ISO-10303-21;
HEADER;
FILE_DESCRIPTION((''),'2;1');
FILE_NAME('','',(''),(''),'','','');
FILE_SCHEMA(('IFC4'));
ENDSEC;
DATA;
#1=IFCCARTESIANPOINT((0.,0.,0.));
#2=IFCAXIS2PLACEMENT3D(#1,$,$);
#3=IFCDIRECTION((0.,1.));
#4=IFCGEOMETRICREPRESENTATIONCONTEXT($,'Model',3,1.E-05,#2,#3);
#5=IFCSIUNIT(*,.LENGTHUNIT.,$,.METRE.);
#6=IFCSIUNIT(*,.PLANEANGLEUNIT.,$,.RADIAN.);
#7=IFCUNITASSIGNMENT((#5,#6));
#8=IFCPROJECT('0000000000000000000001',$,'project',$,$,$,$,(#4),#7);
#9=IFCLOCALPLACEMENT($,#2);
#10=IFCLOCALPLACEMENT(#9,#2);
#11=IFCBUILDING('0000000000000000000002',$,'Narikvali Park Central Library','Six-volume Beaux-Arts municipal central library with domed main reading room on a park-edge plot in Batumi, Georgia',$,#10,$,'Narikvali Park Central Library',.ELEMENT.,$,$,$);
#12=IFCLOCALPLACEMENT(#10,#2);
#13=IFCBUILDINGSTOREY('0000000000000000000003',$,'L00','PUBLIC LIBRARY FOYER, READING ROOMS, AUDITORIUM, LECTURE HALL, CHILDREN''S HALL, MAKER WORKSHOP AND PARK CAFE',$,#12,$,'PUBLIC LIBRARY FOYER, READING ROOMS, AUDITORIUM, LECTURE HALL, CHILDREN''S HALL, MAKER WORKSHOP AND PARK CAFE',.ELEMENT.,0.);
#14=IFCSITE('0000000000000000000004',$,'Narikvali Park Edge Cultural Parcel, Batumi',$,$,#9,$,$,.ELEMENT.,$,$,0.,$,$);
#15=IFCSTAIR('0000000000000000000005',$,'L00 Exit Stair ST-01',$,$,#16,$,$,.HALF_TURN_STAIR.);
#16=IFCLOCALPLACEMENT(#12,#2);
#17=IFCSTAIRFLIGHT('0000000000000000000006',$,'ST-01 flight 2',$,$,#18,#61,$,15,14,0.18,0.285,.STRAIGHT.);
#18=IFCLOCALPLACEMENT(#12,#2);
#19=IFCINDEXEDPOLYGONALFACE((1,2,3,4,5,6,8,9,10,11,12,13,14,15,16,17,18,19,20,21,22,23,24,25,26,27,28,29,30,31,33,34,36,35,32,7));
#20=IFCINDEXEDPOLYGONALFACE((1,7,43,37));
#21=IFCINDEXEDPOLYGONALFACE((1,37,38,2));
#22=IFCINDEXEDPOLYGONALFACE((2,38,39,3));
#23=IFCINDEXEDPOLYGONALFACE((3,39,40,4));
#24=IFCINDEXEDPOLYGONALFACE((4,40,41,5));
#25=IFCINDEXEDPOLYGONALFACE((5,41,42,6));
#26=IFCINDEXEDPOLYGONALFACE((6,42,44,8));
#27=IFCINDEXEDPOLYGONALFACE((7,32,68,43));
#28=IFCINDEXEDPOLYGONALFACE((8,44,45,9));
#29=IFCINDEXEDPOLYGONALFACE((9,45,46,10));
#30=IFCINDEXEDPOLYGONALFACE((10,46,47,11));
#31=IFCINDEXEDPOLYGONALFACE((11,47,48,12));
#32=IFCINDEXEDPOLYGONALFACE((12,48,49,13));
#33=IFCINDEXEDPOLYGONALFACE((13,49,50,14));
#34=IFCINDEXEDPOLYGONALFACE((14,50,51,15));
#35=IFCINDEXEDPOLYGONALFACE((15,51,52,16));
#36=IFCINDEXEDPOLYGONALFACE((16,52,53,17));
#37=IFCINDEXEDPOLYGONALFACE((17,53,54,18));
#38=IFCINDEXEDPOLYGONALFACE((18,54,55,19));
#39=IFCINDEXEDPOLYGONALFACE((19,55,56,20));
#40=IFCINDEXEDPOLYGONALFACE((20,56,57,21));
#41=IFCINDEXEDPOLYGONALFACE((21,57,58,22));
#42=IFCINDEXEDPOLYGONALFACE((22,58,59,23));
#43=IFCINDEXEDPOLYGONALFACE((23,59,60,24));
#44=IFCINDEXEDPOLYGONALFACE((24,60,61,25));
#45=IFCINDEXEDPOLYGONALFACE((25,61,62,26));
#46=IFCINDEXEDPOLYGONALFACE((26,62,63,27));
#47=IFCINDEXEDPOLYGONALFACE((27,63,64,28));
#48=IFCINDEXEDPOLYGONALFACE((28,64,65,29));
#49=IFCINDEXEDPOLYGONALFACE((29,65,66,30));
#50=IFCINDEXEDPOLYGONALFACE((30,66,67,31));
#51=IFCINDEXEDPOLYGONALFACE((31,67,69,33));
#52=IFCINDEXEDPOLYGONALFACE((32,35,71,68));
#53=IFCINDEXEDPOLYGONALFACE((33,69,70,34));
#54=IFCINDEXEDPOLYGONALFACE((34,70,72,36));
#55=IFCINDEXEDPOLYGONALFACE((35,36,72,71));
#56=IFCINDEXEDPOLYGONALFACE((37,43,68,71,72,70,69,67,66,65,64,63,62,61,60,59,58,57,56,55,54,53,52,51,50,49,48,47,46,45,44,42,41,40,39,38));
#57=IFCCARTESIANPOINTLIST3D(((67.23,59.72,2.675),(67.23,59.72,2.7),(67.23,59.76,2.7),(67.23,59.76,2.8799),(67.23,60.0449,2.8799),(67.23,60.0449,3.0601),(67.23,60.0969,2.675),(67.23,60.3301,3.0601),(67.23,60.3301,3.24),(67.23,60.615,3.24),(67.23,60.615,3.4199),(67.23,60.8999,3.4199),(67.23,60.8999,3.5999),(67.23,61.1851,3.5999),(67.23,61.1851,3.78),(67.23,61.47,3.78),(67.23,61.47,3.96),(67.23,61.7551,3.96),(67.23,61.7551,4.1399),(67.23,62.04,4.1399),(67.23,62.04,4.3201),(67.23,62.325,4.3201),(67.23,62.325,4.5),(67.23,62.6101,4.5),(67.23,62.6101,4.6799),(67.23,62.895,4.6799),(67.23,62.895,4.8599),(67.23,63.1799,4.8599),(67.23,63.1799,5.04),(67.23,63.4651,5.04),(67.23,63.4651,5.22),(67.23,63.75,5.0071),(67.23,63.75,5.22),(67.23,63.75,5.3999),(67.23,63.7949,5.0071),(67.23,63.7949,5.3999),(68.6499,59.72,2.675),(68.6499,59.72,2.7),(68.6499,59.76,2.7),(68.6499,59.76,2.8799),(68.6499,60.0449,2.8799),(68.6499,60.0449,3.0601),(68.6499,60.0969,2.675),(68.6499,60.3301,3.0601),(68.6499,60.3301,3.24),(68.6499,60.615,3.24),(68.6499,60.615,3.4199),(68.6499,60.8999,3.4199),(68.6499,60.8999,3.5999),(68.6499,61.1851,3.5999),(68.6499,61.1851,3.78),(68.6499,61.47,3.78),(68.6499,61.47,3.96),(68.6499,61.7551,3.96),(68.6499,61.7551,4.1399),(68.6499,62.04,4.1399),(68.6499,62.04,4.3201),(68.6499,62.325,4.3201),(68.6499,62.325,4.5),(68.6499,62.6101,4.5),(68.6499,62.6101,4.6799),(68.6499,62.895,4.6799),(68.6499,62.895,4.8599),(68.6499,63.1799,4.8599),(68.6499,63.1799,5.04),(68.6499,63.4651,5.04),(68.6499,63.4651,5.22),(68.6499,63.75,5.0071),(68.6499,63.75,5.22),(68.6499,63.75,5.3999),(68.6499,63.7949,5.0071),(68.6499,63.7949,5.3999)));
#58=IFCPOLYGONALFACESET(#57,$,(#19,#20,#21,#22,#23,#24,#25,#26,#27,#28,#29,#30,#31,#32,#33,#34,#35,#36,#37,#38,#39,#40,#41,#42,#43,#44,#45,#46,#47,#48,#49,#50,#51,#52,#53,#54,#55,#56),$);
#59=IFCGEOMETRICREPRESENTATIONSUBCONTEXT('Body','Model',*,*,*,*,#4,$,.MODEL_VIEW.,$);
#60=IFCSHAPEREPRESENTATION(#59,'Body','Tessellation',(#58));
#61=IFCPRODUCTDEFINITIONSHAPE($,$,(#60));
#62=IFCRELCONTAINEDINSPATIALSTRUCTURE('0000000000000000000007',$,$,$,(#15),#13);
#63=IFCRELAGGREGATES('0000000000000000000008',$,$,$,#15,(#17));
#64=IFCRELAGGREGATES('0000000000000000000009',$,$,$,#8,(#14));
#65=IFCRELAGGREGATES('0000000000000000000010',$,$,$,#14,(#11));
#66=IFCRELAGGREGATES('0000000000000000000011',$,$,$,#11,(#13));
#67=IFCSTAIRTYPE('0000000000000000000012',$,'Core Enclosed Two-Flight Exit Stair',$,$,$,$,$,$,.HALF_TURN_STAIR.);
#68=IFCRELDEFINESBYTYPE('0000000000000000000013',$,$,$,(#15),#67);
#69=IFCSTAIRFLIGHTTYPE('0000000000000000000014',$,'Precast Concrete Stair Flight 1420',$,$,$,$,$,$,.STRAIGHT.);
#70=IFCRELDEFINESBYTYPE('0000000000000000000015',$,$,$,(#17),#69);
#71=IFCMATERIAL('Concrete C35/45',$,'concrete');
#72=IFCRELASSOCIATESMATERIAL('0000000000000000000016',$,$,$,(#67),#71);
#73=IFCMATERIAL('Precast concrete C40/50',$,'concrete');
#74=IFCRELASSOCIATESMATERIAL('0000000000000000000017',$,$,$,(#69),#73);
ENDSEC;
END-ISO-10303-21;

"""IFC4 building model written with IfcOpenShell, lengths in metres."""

from ifc_helpers import new_model, si_unit, direction, frame, origin, place, context, subcontext, project, spatial, polyline, outline, extrude, material, type_object, element, aggregate, save


model = new_model("IFC4")

# Units and contexts
model_context = context("Model", 3, precision=1e-05, world=origin(), true_north=direction((0.0, 1.0)))
body_context = subcontext(model_context, "Body", "Model", "MODEL_VIEW")
ifc_project = project(units=[si_unit("LENGTHUNIT", "METRE"), si_unit("PLANEANGLEUNIT", "RADIAN")], contexts=[model_context])

# Site, building, storey
site_placement = place(None, origin())
site = spatial("IfcSite", under=ifc_project, at=site_placement, Name="Narikvali Park Edge Cultural Parcel, Batumi", CompositionType="ELEMENT", RefElevation=0.0)
building_placement = place(site_placement, origin())
building = spatial("IfcBuilding", under=site, at=building_placement, Name="Narikvali Park Central Library", Description="Six-volume Beaux-Arts municipal central library with domed main reading room on a park-edge plot in Batumi, Georgia", LongName="Narikvali Park Central Library", CompositionType="ELEMENT")
storey_placement = place(building_placement, origin())
storey = spatial("IfcBuildingStorey", under=building, at=storey_placement, Name="L00", Description="PUBLIC LIBRARY FOYER, READING ROOMS, AUDITORIUM, LECTURE HALL, CHILDREN'S HALL, MAKER WORKSHOP AND PARK CAFE", LongName="PUBLIC LIBRARY FOYER, READING ROOMS, AUDITORIUM, LECTURE HALL, CHILDREN'S HALL, MAKER WORKSHOP AND PARK CAFE", CompositionType="ELEMENT", Elevation=0.0)

# Stair, stair flight
ifc_material_1 = material(Name="Concrete C35/45", Category="concrete")
stair_type = type_object("IfcStairType", Name="Core Enclosed Two-Flight Exit Stair", PredefinedType="HALF_TURN_STAIR", material=ifc_material_1)
stair_placement = place(storey_placement, origin())
stair = element("IfcStair", 1, at=stair_placement, inside=storey, type_object=stair_type, Name="L00 Exit Stair ST-01", PredefinedType="HALF_TURN_STAIR")
ifc_material_2 = material(Name="Precast concrete C40/50", Category="concrete")
stair_flight_type = type_object("IfcStairFlightType", Name="Precast Concrete Stair Flight 1420", PredefinedType="STRAIGHT", material=ifc_material_2)
stair_flight_1_placement = place(storey_placement, frame((67.9399, 59.76, 2.7), z_axis=(0.0, 0.0, 1.0), x_axis=(0.0, 1.0, 0.0)))
stair_flight_1 = element("IfcStairFlight", 2, at=stair_flight_1_placement, type_object=stair_flight_type, Name="ST-01 flight 2", NumberOfRisers=15, NumberOfTreads=14, PredefinedType="STRAIGHT", RiserHeight=0.18, TreadLength=0.285, context=body_context, shape_type="SweptSolid", body=[
    extrude(outline(polyline([(-0.04, -0.0249), (-0.04, 0.0), (0.0, 0.0), (0.0, 0.1799), (0.2849, 0.1799), (0.2849, 0.3601), (0.5701, 0.3601), (0.5701, 0.54), (0.855, 0.54), (0.855, 0.72), (1.1399, 0.72), (1.1399, 0.8999), (1.425, 0.8999), (1.425, 1.0801), (1.71, 1.0801), (1.71, 1.26), (1.9951, 1.26), (1.9951, 1.4399), (2.28, 1.4399), (2.28, 1.6201), (2.5649, 1.6201), (2.5649, 1.8), (2.8501, 1.8), (2.8501, 1.98), (3.135, 1.98), (3.135, 2.1599), (3.4199, 2.1599), (3.4199, 2.3401), (3.7051, 2.3401), (3.7051, 2.52), (3.99, 2.52), (3.99, 2.7), (4.0349, 2.7), (4.0349, 2.3071), (3.99, 2.3071), (0.3369, -0.0249), (-0.04, -0.0249)])), frame((0.0, 0.71, 0.0), z_axis=(0.0, -1.0, 0.0), x_axis=(1.0, 0.0, 0.0)), (0.0, 0.0, 1.0), 1.4199),
])
aggregate(stair, [stair_flight_1])

save(model, "model.ifc")
